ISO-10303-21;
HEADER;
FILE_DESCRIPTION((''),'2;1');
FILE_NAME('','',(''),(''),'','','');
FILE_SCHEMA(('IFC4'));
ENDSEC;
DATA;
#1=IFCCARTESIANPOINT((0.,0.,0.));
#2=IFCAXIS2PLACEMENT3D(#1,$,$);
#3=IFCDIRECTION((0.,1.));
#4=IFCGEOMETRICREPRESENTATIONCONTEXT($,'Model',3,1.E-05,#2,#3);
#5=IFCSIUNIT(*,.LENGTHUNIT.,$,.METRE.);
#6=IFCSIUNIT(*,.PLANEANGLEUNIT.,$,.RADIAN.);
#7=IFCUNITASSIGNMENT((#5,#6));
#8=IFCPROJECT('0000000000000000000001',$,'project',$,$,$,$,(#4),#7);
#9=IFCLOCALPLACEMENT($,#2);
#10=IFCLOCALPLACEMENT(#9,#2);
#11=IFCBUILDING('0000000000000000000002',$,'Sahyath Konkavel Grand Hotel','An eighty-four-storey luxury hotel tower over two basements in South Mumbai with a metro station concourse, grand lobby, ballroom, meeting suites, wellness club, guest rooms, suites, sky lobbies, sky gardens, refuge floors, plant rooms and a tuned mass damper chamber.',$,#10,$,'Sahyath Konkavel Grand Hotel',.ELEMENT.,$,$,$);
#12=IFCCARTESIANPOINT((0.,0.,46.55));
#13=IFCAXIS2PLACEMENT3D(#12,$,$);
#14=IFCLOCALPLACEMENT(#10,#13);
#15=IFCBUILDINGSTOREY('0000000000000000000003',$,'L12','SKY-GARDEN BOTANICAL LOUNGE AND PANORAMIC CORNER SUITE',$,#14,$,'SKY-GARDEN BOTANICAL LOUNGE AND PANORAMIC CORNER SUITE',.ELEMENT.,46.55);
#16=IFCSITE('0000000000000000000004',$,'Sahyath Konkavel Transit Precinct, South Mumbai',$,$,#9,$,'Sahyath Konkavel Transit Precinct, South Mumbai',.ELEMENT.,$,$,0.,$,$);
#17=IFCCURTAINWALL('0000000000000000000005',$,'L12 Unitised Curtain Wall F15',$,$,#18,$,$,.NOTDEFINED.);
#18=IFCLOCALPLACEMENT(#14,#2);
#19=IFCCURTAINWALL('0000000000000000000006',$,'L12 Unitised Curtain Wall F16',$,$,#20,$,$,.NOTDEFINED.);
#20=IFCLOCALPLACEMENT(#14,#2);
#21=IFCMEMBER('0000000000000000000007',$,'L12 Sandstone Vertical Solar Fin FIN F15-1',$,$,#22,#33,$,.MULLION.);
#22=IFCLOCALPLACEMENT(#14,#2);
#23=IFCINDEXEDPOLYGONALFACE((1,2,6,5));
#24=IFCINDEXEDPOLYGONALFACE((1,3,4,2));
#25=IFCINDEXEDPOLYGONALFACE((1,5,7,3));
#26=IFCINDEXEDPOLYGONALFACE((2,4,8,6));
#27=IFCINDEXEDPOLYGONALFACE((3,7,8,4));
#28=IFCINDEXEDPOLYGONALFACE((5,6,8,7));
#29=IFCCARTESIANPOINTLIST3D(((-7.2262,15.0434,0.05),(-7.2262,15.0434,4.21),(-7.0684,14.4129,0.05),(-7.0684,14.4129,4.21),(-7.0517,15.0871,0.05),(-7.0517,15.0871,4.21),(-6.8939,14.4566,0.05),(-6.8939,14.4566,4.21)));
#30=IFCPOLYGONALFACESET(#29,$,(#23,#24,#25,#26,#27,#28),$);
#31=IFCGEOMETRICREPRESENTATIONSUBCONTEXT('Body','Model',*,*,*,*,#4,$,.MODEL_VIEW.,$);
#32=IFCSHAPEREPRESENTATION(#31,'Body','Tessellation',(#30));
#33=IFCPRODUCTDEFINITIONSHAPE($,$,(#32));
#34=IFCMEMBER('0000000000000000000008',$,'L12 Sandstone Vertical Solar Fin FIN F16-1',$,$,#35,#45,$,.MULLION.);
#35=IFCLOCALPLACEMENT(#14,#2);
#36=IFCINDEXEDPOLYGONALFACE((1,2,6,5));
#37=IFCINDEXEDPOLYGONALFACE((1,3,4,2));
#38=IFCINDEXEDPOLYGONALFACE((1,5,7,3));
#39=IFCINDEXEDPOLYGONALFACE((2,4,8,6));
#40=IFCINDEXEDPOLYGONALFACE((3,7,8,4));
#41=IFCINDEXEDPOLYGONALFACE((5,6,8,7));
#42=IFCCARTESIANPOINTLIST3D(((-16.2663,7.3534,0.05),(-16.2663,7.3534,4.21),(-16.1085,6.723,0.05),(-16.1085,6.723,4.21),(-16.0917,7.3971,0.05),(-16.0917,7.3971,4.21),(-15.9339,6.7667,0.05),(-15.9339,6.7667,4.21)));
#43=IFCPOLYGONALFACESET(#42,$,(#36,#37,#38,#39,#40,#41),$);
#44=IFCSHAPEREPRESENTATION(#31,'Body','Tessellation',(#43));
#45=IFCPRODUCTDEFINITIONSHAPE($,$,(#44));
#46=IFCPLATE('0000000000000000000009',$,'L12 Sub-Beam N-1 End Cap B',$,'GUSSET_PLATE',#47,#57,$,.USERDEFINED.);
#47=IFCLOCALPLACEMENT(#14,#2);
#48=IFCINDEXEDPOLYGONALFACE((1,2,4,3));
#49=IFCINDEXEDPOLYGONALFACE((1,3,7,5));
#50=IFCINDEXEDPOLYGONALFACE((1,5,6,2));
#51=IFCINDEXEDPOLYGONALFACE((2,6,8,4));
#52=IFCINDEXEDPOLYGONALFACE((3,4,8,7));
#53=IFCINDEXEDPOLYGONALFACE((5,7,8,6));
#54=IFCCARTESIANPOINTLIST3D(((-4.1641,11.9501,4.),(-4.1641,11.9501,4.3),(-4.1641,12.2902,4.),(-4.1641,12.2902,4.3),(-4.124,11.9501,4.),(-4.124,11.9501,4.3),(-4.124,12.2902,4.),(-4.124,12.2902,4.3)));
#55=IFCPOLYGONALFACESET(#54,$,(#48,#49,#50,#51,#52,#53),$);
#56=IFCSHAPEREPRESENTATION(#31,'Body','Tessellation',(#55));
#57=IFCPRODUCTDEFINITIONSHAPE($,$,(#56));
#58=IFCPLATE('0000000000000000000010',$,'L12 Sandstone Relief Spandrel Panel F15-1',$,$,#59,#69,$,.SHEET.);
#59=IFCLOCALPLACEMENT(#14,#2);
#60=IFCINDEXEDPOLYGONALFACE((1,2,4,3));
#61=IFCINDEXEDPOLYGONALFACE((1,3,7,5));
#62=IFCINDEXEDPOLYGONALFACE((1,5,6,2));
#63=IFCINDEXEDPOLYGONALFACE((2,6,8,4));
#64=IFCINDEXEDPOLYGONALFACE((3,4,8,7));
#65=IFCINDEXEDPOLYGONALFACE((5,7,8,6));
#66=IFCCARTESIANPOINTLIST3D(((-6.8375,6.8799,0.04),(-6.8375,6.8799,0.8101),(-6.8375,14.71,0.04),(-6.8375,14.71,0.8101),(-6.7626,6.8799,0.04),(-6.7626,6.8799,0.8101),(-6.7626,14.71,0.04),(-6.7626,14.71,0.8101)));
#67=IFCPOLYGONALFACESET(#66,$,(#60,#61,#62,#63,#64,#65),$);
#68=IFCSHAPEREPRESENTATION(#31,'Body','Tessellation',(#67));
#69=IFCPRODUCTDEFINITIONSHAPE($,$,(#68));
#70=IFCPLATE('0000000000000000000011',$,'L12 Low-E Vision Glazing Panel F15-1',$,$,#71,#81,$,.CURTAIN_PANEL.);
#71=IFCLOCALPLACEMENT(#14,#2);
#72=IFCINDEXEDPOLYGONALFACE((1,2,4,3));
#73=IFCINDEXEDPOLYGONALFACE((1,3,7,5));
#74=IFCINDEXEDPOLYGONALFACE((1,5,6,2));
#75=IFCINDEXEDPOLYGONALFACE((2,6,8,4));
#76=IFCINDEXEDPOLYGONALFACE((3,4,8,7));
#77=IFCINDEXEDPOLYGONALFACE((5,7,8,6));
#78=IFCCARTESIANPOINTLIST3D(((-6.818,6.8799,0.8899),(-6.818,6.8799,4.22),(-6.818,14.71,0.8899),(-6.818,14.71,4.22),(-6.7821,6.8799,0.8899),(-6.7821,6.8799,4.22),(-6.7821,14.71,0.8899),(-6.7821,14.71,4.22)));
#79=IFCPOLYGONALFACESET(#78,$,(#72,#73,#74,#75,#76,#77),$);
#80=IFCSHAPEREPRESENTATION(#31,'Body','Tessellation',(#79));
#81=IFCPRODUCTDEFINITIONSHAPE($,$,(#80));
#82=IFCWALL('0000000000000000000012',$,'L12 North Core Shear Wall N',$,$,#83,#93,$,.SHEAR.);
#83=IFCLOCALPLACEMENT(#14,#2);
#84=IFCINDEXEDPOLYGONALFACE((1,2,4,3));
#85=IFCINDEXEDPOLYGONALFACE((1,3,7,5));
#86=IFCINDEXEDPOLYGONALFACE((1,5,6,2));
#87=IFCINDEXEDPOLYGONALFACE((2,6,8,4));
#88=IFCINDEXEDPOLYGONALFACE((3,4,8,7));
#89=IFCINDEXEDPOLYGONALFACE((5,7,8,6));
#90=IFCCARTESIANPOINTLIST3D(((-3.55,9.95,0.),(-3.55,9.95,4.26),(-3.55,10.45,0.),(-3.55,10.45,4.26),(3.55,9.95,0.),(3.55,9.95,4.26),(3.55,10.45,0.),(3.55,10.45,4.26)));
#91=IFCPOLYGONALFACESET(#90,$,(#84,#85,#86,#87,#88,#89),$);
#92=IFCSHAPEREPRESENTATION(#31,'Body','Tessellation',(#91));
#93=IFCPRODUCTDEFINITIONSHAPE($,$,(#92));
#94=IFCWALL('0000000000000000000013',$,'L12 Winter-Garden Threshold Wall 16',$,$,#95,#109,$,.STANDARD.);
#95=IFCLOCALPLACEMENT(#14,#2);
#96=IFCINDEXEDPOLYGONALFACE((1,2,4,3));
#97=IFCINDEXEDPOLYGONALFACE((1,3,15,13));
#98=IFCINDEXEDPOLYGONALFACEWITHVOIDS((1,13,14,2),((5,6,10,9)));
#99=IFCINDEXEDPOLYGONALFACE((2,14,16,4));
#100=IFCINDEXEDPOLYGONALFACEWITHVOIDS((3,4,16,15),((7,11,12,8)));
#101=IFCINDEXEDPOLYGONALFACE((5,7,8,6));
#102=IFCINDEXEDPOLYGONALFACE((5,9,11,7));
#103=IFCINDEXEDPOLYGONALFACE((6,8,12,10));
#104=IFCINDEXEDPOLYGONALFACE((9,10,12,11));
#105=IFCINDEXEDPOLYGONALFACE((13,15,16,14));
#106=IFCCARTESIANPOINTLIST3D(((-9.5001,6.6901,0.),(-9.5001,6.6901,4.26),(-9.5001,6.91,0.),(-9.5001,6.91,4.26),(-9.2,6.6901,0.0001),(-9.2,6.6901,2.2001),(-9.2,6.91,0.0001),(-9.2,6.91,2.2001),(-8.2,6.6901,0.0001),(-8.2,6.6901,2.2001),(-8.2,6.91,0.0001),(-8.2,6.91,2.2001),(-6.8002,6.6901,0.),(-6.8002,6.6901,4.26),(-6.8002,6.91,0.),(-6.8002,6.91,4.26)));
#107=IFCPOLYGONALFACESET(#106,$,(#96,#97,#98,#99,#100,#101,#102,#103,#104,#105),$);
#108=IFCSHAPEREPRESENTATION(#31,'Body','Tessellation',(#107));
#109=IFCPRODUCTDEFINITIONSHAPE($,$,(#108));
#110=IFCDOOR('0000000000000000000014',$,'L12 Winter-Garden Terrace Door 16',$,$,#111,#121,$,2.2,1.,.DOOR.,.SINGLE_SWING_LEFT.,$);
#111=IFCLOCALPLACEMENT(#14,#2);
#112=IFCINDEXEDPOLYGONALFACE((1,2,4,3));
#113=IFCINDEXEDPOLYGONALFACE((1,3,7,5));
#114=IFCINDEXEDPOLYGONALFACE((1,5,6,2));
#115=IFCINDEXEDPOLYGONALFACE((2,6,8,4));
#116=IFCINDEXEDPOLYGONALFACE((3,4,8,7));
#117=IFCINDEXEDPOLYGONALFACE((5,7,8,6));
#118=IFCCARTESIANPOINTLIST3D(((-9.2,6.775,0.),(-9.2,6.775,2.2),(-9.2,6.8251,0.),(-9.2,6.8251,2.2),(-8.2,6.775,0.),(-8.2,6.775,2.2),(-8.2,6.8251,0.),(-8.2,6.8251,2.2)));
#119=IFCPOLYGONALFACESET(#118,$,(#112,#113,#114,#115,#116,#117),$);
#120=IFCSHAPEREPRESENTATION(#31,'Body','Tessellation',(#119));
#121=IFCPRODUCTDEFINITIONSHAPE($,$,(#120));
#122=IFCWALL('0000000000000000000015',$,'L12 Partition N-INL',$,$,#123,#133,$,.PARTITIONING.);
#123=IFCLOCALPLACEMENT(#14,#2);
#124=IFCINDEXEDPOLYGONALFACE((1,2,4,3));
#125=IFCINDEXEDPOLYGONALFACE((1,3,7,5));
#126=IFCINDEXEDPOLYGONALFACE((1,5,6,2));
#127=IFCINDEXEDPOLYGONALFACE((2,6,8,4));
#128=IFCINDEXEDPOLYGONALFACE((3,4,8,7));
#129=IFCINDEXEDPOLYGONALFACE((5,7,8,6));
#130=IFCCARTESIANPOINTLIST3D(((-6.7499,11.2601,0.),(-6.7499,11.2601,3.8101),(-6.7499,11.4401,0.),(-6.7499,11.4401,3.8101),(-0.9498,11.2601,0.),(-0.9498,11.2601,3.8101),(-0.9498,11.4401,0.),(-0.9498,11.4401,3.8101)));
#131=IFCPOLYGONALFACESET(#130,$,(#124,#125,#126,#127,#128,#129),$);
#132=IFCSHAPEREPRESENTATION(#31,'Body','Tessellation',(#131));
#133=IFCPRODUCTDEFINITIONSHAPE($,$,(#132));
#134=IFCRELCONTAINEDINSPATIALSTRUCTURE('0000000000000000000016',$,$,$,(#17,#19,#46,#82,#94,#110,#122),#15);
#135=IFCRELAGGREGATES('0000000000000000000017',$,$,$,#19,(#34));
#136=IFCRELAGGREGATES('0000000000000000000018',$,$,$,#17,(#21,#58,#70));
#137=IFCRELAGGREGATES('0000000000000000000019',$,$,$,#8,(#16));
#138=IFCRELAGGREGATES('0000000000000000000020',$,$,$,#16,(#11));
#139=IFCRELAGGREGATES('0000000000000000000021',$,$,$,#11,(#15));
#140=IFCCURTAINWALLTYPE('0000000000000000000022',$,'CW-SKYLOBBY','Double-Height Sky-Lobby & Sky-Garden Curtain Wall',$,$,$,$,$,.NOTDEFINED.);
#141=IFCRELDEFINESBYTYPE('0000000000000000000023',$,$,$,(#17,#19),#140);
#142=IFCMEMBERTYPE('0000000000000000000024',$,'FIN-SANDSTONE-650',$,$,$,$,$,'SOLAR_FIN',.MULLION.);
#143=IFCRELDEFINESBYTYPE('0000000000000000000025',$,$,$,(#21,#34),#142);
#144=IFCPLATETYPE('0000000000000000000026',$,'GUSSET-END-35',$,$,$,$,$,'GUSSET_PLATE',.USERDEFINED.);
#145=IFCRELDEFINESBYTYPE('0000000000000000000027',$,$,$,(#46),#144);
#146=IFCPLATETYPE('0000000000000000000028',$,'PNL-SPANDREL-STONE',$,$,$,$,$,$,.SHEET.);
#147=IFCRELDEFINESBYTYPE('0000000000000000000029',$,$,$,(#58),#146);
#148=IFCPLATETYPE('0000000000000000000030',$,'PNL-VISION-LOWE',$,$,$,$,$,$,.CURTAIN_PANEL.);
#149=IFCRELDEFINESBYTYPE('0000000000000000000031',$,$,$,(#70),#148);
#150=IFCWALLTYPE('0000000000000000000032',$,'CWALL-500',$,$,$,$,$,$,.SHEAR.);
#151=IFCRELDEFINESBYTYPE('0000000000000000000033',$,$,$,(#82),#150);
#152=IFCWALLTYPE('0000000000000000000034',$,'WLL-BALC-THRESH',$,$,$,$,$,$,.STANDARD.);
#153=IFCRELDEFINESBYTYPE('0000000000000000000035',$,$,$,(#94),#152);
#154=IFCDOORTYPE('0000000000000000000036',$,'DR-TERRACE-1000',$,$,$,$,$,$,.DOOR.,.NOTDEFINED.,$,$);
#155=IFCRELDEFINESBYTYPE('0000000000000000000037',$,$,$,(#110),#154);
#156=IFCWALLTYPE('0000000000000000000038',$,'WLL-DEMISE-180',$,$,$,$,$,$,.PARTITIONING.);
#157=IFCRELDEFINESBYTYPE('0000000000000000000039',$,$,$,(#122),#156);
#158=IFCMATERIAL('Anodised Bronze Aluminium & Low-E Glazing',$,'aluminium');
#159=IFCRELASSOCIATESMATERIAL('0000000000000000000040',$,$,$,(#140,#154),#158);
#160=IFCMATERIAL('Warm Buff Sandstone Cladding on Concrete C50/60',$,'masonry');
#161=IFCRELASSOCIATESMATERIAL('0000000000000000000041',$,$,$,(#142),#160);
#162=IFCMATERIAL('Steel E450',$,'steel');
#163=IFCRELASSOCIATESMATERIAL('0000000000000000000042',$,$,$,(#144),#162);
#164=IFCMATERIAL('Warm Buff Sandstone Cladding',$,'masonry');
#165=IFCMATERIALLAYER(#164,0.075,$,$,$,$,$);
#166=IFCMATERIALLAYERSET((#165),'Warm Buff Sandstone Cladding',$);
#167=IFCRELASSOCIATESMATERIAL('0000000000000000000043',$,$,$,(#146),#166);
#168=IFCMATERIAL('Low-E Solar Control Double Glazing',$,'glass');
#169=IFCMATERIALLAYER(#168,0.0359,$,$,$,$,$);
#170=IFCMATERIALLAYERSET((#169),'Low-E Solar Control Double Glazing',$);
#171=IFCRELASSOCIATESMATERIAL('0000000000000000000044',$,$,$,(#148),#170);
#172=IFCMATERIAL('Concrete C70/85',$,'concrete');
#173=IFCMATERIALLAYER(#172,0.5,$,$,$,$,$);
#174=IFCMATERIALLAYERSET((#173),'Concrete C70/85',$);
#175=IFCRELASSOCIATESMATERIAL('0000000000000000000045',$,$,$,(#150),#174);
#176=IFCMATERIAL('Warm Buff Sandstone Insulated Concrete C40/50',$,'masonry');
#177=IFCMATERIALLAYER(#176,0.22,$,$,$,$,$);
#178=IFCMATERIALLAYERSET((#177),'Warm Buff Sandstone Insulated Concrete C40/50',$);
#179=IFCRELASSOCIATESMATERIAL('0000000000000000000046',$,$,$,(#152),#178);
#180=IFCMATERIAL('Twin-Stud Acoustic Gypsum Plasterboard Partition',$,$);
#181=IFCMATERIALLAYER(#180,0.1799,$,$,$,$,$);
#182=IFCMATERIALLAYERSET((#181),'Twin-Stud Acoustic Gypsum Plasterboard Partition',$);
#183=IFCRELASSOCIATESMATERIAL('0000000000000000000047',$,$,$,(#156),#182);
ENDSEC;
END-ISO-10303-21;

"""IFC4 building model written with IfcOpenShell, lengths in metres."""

from ifc_helpers import new_model, si_unit, direction, frame, frame_2d, origin, origin_2d, place, context, subcontext, project, spatial, rectangle, extrude, source, transform, mapped, material, layer, layer_set, material_profile, profile_set, type_object, element, fill, aggregate, save


model = new_model("IFC4")

# Units and contexts
model_context = context("Model", 3, precision=1e-05, world=origin(), true_north=direction((0.0, 1.0)))
body_context = subcontext(model_context, "Body", "Model", "MODEL_VIEW")
ifc_project = project(units=[si_unit("LENGTHUNIT", "METRE"), si_unit("PLANEANGLEUNIT", "RADIAN")], contexts=[model_context])

# Site, building, storey
site_placement = place(None, origin())
site = spatial("IfcSite", under=ifc_project, at=site_placement, Name="Sahyath Konkavel Transit Precinct, South Mumbai", LongName="Sahyath Konkavel Transit Precinct, South Mumbai", CompositionType="ELEMENT", RefElevation=0.0)
building_placement = place(site_placement, origin())
building = spatial("IfcBuilding", under=site, at=building_placement, Name="Sahyath Konkavel Grand Hotel", Description="An eighty-four-storey luxury hotel tower over two basements in South Mumbai with a metro station concourse, grand lobby, ballroom, meeting suites, wellness club, guest rooms, suites, sky lobbies, sky gardens, refuge floors, plant rooms and a tuned mass damper chamber.", LongName="Sahyath Konkavel Grand Hotel", CompositionType="ELEMENT")
storey_placement = place(building_placement, frame((0.0, 0.0, 46.55)))
storey = spatial("IfcBuildingStorey", under=building, at=storey_placement, Name="L12", Description="SKY-GARDEN BOTANICAL LOUNGE AND PANORAMIC CORNER SUITE", LongName="SKY-GARDEN BOTANICAL LOUNGE AND PANORAMIC CORNER SUITE", CompositionType="ELEMENT", Elevation=46.55)

# Shared definitions
ifc_material_1 = material(Name="Concrete C70/85", Category="concrete")

# Curtain walls
ifc_material_2 = material(Name="Anodised Bronze Aluminium & Low-E Glazing", Category="aluminium")
curtain_wall_type = type_object("IfcCurtainWallType", Name="CW-SKYLOBBY", Description="Double-Height Sky-Lobby & Sky-Garden Curtain Wall", PredefinedType="NOTDEFINED", material=ifc_material_2)
curtain_wall_1_placement = place(storey_placement, origin())
curtain_wall_1 = element("IfcCurtainWall", 1, at=curtain_wall_1_placement, inside=storey, type_object=curtain_wall_type, Name="L12 Unitised Curtain Wall F15", PredefinedType="NOTDEFINED")
curtain_wall_2_placement = place(storey_placement, origin())
curtain_wall_2 = element("IfcCurtainWall", 2, at=curtain_wall_2_placement, inside=storey, type_object=curtain_wall_type, Name="L12 Unitised Curtain Wall F16", PredefinedType="NOTDEFINED")

# Members
ifc_material_3 = material(Name="Warm Buff Sandstone Cladding on Concrete C50/60", Category="masonry")
ifc_material_profile_1 = material_profile(ifc_material_3, rectangle(XDim=0.1799, YDim=0.6499, at=origin_2d()), Name="FIN 180x650")
ifc_profile_set_1 = profile_set([ifc_material_profile_1], Name="Warm Buff Sandstone Cladding on Concrete C50/60")
member_type_1 = type_object("IfcMemberType", Name="FIN-SANDSTONE-650", ElementType="SOLAR_FIN", PredefinedType="MULLION", material=ifc_profile_set_1)
shared_shape_1 = source(origin(), body_context, "Body", "SweptSolid", [
    extrude(rectangle(XDim=0.1799, YDim=0.6499, at=origin_2d()), origin(), (0.0, 0.0, 1.0), 4.1599),
])
member_1_placement = place(storey_placement, frame((-7.0601, 14.75, 0.05), z_axis=(0.0, 0.0, 1.0), x_axis=(0.970084, 0.242769, 0.0)))
member_1 = element("IfcMember", 3, at=member_1_placement, type_object=member_type_1, Name="L12 Sandstone Vertical Solar Fin FIN F15-1", PredefinedType="MULLION", context=body_context, shape_type="MappedRepresentation", body=[
    mapped(shared_shape_1, transform((0.0, 0.0, 0.0), scale=1.0)),
])
member_2_placement = place(storey_placement, frame((-16.1001, 7.0601, 0.05), z_axis=(0.0, 0.0, 1.0), x_axis=(0.970084, 0.242769, 0.0)))
member_2 = element("IfcMember", 4, at=member_2_placement, type_object=member_type_1, Name="L12 Sandstone Vertical Solar Fin FIN F16-1", PredefinedType="MULLION", context=body_context, shape_type="MappedRepresentation", body=[
    mapped(shared_shape_1, transform((0.0, 0.0, 0.0), scale=1.0)),
])
aggregate(curtain_wall_2, [member_2])

# Plates
ifc_material_4 = material(Name="Steel E450", Category="steel")
plate_type_1 = type_object("IfcPlateType", Name="GUSSET-END-35", ElementType="GUSSET_PLATE", PredefinedType="USERDEFINED", material=ifc_material_4)
shared_shape_2 = source(origin(), body_context, "Body", "SweptSolid", [
    extrude(rectangle(XDim=0.04, YDim=0.3401, at=origin_2d()), origin(), (0.0, 0.0, 1.0), 0.3),
])
plate_1_placement = place(storey_placement, frame((-4.144, 12.1201, 4.0), z_axis=(0.0, 0.0, 1.0), x_axis=(-1.0, 0.0, 0.0)))
element("IfcPlate", 5, at=plate_1_placement, inside=storey, type_object=plate_type_1, Name="L12 Sub-Beam N-1 End Cap B", ObjectType="GUSSET_PLATE", PredefinedType="USERDEFINED", context=body_context, shape_type="MappedRepresentation", body=[
    mapped(shared_shape_2, transform((0.0, 0.0, 0.0), scale=1.0)),
])
ifc_material_5 = material(Name="Warm Buff Sandstone Cladding", Category="masonry")
ifc_layer_1 = layer(ifc_material_5, 0.075)
ifc_layer_set_1 = layer_set([ifc_layer_1], Name="Warm Buff Sandstone Cladding")
plate_type_2 = type_object("IfcPlateType", Name="PNL-SPANDREL-STONE", PredefinedType="SHEET", material=ifc_layer_set_1)
shared_shape_3 = source(origin(), body_context, "Body", "SweptSolid", [
    extrude(rectangle(XDim=7.8301, YDim=0.075, at=origin_2d()), origin(), (0.0, 0.0, 1.0), 0.77),
])
plate_2_placement = place(storey_placement, frame((-6.8, 10.7949, 0.04), z_axis=(0.0, 0.0, 1.0), x_axis=(0.0, -1.0, 0.0)))
plate_2 = element("IfcPlate", 6, at=plate_2_placement, type_object=plate_type_2, Name="L12 Sandstone Relief Spandrel Panel F15-1", PredefinedType="SHEET", context=body_context, shape_type="MappedRepresentation", body=[
    mapped(shared_shape_3, transform((0.0, 0.0, 0.0), scale=1.0)),
])
ifc_material_6 = material(Name="Low-E Solar Control Double Glazing", Category="glass")
ifc_layer_2 = layer(ifc_material_6, 0.0359)
ifc_layer_set_2 = layer_set([ifc_layer_2], Name="Low-E Solar Control Double Glazing")
plate_type_3 = type_object("IfcPlateType", Name="PNL-VISION-LOWE", PredefinedType="CURTAIN_PANEL", material=ifc_layer_set_2)
shared_shape_4 = source(origin(), body_context, "Body", "SweptSolid", [
    extrude(rectangle(XDim=7.8301, YDim=0.0359, at=origin_2d()), origin(), (0.0, 0.0, 1.0), 3.3301),
])
plate_3_placement = place(storey_placement, frame((-6.8, 10.7949, 0.8899), z_axis=(0.0, 0.0, 1.0), x_axis=(0.0, -1.0, 0.0)))
plate_3 = element("IfcPlate", 7, at=plate_3_placement, type_object=plate_type_3, Name="L12 Low-E Vision Glazing Panel F15-1", PredefinedType="CURTAIN_PANEL", context=body_context, shape_type="MappedRepresentation", body=[
    mapped(shared_shape_4, transform((0.0, 0.0, 0.0), scale=1.0)),
])
aggregate(curtain_wall_1, [member_1, plate_2, plate_3])

# Wall
ifc_layer_3 = layer(ifc_material_1, 0.5)
ifc_layer_set_3 = layer_set([ifc_layer_3], Name="Concrete C70/85")
wall_type_1 = type_object("IfcWallType", Name="CWALL-500", PredefinedType="SHEAR", material=ifc_layer_set_3)
wall_1_placement = place(storey_placement, frame((-3.55, 10.2, 0.0), z_axis=(0.0, 0.0, 1.0), x_axis=(1.0, 0.0, 0.0)))
element("IfcWall", 8, at=wall_1_placement, inside=storey, type_object=wall_type_1, Name="L12 North Core Shear Wall N", PredefinedType="SHEAR", context=body_context, shape_type="SweptSolid", body=[
    extrude(rectangle(XDim=7.1001, YDim=0.5, at=frame_2d((3.55, 0.0))), origin(), (0.0, 0.0, 1.0), 4.26),
])

# Wall, opening, door
ifc_material_7 = material(Name="Warm Buff Sandstone Insulated Concrete C40/50", Category="masonry")
ifc_layer_4 = layer(ifc_material_7, 0.22)
ifc_layer_set_4 = layer_set([ifc_layer_4], Name="Warm Buff Sandstone Insulated Concrete C40/50")
wall_type_2 = type_object("IfcWallType", Name="WLL-BALC-THRESH", PredefinedType="STANDARD", material=ifc_layer_set_4)
wall_2_placement = place(storey_placement, frame((-6.8, 6.8, 0.0), z_axis=(0.0, 0.0, 1.0), x_axis=(-1.0, 0.0, 0.0)))
wall_2 = element("IfcWall", 9, at=wall_2_placement, inside=storey, type_object=wall_type_2, Name="L12 Winter-Garden Threshold Wall 16", PredefinedType="STANDARD", context=body_context, shape_type="SweptSolid", body=[
    extrude(rectangle(XDim=2.7, YDim=0.22, at=frame_2d((1.3501, 0.0))), origin(), (0.0, 0.0, 1.0), 4.26),
])
opening_1_placement = place(wall_2_placement, frame((1.3999, 0.0, 0.0)))
opening_1 = element("IfcOpeningElement", 10, at=opening_1_placement, cuts=wall_2, PredefinedType="OPENING", context=body_context, shape_type="SweptSolid", body=[
    extrude(rectangle(XDim=1.0, YDim=2.2, at=frame_2d((0.5, 1.1001))), frame((0.0, 0.1201, 0.0), z_axis=(0.0, -1.0, 0.0), x_axis=(1.0, 0.0, 0.0)), (0.0, 0.0, 1.0), 0.24),
])
door_type_1 = type_object("IfcDoorType", Name="DR-TERRACE-1000", OperationType="NOTDEFINED", PredefinedType="DOOR", material=ifc_material_2)
shared_shape_5 = source(origin(), body_context, "Body", "SweptSolid", [
    extrude(rectangle(XDim=1.0, YDim=0.05, at=origin_2d()), origin(), (0.0, 0.0, 1.0), 2.2),
])
door_1_placement = place(opening_1_placement, frame((0.5, 0.0, 0.0)))
door_1 = element("IfcDoor", 11, at=door_1_placement, inside=storey, type_object=door_type_1, Name="L12 Winter-Garden Terrace Door 16", OperationType="SINGLE_SWING_LEFT", OverallHeight=2.2, OverallWidth=1.0, PredefinedType="DOOR", context=body_context, shape_type="MappedRepresentation", body=[
    mapped(shared_shape_5, transform((0.0, 0.0, 0.0), scale=1.0)),
])
fill(opening_1, door_1)

# Wall
ifc_material_8 = material(Name="Twin-Stud Acoustic Gypsum Plasterboard Partition")
ifc_layer_5 = layer(ifc_material_8, 0.1799)
ifc_layer_set_5 = layer_set([ifc_layer_5], Name="Twin-Stud Acoustic Gypsum Plasterboard Partition")
wall_type_3 = type_object("IfcWallType", Name="WLL-DEMISE-180", PredefinedType="PARTITIONING", material=ifc_layer_set_5)
wall_3_placement = place(storey_placement, frame((-0.95, 11.3501, 0.0), z_axis=(0.0, 0.0, 1.0), x_axis=(-1.0, 0.0, 0.0)))
element("IfcWall", 12, at=wall_3_placement, inside=storey, type_object=wall_type_3, Name="L12 Partition N-INL", PredefinedType="PARTITIONING", context=body_context, shape_type="SweptSolid", body=[
    extrude(rectangle(XDim=5.8, YDim=0.1799, at=frame_2d((2.8999, 0.0))), origin(), (0.0, 0.0, 1.0), 3.8101),
])

save(model, "model.ifc")
